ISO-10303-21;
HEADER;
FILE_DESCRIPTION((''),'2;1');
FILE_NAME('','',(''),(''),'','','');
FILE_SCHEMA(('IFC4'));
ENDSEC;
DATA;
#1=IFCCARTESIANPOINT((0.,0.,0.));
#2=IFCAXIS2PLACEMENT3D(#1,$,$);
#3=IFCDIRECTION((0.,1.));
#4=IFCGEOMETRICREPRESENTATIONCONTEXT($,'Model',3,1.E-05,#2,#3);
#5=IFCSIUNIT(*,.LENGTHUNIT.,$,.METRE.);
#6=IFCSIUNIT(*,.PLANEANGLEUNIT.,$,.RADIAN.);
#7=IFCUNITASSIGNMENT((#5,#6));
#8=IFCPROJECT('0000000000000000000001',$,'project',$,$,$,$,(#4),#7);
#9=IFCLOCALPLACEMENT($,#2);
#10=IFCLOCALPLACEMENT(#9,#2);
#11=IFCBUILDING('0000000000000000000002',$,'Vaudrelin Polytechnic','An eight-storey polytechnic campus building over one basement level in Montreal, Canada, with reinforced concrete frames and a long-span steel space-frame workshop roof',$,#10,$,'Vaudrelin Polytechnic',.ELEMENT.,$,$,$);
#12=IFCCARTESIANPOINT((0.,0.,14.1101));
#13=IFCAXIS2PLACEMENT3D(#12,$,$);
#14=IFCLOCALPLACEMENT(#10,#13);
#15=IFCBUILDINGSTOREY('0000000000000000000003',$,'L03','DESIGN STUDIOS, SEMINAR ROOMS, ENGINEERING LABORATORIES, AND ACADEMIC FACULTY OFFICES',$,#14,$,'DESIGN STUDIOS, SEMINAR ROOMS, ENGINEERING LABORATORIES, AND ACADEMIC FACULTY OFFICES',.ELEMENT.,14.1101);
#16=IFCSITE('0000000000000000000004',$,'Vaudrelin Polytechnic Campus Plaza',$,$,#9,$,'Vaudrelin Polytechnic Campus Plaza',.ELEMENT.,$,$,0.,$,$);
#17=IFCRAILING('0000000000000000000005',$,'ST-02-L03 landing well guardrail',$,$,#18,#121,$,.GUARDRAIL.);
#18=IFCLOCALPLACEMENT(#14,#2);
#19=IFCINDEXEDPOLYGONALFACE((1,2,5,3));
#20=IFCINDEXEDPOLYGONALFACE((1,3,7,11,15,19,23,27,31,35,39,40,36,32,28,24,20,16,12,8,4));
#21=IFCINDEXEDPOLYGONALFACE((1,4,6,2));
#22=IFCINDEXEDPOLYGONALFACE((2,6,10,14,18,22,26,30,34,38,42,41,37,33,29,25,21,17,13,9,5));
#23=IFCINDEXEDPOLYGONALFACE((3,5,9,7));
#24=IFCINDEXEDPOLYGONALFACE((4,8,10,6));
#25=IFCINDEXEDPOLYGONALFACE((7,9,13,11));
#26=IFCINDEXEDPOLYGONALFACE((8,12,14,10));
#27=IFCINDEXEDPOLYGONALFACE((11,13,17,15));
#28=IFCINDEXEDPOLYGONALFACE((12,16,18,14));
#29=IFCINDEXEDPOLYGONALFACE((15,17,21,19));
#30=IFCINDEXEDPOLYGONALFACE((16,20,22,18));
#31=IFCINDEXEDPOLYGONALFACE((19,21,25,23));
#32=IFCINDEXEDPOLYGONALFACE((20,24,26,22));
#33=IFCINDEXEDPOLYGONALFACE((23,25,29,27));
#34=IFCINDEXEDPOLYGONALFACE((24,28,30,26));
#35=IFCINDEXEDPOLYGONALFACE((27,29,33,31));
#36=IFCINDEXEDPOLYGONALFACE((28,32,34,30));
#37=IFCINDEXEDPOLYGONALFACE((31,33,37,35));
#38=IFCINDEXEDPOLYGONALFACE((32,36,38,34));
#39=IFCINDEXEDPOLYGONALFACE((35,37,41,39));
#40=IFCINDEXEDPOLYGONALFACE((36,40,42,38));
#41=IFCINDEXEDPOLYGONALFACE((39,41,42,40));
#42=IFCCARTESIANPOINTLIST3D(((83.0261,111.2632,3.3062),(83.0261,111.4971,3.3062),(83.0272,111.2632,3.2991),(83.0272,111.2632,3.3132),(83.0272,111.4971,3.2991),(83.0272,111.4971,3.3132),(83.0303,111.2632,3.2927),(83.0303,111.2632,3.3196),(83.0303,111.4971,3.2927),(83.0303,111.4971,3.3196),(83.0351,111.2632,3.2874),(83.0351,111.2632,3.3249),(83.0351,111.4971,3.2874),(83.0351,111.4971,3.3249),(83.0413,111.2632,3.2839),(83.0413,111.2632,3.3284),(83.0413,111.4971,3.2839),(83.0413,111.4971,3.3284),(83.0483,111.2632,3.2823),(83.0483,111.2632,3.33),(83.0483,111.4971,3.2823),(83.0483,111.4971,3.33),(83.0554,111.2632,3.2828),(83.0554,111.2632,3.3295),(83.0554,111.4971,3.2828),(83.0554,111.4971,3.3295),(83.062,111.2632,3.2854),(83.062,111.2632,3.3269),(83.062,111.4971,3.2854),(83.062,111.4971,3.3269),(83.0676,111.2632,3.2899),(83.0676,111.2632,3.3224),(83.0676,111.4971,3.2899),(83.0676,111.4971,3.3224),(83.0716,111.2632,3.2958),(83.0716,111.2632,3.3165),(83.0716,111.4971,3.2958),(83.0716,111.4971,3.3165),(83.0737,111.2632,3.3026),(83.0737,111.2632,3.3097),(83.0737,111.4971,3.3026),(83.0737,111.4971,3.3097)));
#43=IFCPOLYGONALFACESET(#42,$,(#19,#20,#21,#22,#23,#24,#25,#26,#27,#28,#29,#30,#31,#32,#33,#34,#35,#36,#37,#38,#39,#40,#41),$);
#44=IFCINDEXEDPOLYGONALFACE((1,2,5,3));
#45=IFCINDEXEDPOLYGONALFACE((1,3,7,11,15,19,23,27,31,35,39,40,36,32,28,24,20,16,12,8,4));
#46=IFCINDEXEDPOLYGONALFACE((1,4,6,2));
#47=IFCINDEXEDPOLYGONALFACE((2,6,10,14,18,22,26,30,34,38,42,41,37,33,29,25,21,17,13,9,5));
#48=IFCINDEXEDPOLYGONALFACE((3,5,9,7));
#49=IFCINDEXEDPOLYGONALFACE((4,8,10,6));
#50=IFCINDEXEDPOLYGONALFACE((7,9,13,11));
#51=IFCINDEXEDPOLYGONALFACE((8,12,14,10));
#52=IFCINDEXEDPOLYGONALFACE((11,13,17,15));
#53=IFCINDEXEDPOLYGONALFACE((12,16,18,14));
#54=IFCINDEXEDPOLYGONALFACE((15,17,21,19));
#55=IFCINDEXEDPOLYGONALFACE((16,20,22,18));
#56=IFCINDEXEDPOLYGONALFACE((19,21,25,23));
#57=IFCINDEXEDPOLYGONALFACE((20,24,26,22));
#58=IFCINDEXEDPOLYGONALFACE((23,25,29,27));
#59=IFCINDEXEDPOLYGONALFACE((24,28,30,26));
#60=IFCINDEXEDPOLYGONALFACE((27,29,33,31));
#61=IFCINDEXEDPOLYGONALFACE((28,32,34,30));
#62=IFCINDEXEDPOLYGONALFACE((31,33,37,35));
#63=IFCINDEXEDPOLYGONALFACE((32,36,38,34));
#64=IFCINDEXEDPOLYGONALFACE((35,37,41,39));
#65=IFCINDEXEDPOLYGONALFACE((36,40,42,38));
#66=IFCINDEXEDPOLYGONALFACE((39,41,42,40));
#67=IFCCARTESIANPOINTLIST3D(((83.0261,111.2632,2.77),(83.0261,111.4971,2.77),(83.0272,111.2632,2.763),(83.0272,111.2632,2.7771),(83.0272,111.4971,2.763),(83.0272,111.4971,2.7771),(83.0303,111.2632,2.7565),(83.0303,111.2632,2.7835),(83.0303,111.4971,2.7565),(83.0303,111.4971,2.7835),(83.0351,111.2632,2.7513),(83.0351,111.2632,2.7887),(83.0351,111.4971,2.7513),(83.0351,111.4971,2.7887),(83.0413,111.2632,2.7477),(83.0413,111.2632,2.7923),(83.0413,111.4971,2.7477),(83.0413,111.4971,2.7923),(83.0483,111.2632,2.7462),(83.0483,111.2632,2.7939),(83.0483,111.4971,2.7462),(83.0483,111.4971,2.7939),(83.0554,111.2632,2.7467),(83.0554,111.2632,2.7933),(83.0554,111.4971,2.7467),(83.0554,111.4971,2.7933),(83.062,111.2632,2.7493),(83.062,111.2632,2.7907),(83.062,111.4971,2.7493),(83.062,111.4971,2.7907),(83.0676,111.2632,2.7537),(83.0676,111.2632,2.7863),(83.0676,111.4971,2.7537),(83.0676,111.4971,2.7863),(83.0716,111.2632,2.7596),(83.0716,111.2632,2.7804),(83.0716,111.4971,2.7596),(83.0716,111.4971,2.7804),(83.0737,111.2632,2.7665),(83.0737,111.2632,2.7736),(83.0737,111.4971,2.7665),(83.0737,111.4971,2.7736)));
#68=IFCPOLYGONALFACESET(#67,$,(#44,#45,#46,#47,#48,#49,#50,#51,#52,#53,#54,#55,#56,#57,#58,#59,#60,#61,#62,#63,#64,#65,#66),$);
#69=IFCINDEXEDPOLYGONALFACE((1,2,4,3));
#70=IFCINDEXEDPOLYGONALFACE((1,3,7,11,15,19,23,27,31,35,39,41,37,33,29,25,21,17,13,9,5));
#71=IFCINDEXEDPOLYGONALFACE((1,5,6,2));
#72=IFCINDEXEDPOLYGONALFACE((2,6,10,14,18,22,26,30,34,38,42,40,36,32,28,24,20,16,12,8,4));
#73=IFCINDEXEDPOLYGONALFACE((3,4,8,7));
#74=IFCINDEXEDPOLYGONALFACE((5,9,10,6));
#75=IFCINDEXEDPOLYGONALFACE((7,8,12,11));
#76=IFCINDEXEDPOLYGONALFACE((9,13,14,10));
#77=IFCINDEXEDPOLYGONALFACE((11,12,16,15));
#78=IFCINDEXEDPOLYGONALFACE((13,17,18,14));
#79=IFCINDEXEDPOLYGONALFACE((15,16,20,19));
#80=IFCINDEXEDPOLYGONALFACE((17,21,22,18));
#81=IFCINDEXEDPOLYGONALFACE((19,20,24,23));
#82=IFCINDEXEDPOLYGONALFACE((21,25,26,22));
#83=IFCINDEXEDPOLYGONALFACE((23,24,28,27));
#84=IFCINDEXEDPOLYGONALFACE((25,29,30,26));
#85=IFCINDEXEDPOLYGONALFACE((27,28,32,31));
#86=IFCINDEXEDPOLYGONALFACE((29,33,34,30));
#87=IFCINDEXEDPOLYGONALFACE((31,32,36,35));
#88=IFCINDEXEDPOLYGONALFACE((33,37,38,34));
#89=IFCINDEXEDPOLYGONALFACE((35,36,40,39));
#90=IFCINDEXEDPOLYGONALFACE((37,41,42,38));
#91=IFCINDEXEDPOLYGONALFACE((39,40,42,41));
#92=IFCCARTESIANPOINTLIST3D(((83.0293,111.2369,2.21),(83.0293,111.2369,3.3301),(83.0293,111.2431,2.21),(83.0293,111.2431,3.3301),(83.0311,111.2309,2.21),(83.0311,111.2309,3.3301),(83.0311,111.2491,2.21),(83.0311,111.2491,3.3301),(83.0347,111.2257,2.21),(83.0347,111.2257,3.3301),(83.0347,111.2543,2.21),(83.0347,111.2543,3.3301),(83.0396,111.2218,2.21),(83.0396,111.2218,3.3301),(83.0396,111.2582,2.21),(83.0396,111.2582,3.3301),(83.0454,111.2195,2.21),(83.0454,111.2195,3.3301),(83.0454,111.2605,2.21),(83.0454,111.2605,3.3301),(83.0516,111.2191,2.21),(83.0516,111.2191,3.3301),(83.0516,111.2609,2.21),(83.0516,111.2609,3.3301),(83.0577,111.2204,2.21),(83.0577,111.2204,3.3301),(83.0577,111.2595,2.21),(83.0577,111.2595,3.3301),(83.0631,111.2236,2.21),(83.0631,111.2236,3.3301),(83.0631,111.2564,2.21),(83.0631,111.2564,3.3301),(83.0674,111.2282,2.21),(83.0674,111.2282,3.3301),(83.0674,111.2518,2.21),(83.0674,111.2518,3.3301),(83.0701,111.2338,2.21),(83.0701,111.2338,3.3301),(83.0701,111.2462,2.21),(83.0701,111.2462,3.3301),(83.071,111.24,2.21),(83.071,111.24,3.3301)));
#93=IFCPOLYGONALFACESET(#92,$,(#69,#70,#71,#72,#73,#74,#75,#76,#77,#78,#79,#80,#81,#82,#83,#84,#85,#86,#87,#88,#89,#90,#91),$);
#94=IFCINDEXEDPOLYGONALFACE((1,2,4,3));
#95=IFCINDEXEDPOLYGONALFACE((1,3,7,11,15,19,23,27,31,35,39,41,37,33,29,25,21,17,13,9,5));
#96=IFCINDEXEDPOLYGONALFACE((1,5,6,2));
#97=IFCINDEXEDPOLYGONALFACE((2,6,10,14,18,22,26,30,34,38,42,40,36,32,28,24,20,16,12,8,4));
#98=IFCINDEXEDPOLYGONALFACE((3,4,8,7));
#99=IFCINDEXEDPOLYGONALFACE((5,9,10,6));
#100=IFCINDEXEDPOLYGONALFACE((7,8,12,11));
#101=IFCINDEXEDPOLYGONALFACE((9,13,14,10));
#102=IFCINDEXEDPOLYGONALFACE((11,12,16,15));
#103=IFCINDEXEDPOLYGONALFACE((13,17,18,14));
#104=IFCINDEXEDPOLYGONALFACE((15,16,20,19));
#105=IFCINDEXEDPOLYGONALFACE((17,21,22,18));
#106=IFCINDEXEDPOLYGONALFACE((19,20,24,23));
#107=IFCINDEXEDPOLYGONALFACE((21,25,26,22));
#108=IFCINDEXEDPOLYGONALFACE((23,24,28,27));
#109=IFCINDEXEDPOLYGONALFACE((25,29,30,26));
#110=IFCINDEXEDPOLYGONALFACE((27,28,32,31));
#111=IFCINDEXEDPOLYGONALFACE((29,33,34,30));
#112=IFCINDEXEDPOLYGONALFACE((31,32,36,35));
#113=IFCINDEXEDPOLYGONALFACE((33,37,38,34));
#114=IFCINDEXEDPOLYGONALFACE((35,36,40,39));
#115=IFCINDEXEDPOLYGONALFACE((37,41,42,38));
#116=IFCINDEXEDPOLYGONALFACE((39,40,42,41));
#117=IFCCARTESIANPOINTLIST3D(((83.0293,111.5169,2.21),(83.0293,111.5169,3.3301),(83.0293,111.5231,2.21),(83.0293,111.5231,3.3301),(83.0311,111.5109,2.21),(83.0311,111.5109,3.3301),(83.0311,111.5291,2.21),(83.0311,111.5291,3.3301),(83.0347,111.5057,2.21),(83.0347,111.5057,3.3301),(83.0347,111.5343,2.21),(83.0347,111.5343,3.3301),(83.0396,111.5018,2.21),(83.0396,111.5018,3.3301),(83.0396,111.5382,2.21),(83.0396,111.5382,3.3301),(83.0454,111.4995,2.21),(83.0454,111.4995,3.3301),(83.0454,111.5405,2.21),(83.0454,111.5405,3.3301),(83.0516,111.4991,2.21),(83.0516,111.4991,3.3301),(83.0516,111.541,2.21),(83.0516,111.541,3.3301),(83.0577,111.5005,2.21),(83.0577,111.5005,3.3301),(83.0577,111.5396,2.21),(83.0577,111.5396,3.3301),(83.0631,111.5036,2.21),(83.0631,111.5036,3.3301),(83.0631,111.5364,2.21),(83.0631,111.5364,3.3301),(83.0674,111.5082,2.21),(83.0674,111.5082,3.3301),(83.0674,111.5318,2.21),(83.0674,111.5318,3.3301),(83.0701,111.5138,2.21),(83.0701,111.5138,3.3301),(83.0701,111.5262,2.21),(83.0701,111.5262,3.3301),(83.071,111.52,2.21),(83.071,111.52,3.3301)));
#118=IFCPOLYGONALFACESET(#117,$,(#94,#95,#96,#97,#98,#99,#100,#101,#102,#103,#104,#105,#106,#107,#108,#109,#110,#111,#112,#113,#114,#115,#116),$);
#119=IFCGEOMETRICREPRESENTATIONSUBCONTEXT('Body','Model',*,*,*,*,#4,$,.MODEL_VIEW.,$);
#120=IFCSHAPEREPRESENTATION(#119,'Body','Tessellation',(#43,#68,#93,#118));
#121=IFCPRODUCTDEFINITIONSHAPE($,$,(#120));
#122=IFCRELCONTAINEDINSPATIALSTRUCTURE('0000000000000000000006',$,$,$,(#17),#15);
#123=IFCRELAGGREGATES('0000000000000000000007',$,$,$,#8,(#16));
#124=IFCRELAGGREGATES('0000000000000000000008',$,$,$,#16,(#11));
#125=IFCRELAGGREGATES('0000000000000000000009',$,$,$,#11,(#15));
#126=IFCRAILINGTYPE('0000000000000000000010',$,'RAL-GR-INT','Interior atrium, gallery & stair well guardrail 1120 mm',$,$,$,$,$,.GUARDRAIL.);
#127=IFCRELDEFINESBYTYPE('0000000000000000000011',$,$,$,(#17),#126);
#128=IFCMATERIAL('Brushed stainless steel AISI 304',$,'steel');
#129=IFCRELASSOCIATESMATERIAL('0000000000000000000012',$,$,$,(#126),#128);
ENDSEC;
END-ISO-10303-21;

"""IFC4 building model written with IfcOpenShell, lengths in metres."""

from ifc_helpers import new_model, si_unit, direction, frame, origin, origin_2d, place, context, subcontext, project, spatial, circle, extrude, material, type_object, element, save


model = new_model("IFC4")

# Units and contexts
model_context = context("Model", 3, precision=1e-05, world=origin(), true_north=direction((0.0, 1.0)))
body_context = subcontext(model_context, "Body", "Model", "MODEL_VIEW")
ifc_project = project(units=[si_unit("LENGTHUNIT", "METRE"), si_unit("PLANEANGLEUNIT", "RADIAN")], contexts=[model_context])

# Site, building, storey
site_placement = place(None, origin())
site = spatial("IfcSite", under=ifc_project, at=site_placement, Name="Vaudrelin Polytechnic Campus Plaza", LongName="Vaudrelin Polytechnic Campus Plaza", CompositionType="ELEMENT", RefElevation=0.0)
building_placement = place(site_placement, origin())
building = spatial("IfcBuilding", under=site, at=building_placement, Name="Vaudrelin Polytechnic", Description="An eight-storey polytechnic campus building over one basement level in Montreal, Canada, with reinforced concrete frames and a long-span steel space-frame workshop roof", LongName="Vaudrelin Polytechnic", CompositionType="ELEMENT")
storey_placement = place(building_placement, frame((0.0, 0.0, 14.1101)))
storey = spatial("IfcBuildingStorey", under=building, at=storey_placement, Name="L03", Description="DESIGN STUDIOS, SEMINAR ROOMS, ENGINEERING LABORATORIES, AND ACADEMIC FACULTY OFFICES", LongName="DESIGN STUDIOS, SEMINAR ROOMS, ENGINEERING LABORATORIES, AND ACADEMIC FACULTY OFFICES", CompositionType="ELEMENT", Elevation=14.1101)

# Railing
ifc_material_1 = material(Name="Brushed stainless steel AISI 304", Category="steel")
railing_type_1 = type_object("IfcRailingType", Name="RAL-GR-INT", Description="Interior atrium, gallery & stair well guardrail 1120 mm", PredefinedType="GUARDRAIL", material=ifc_material_1)
railing_1_placement = place(storey_placement, frame((83.05, 111.24, 2.21)))
element("IfcRailing", 1, at=railing_1_placement, inside=storey, type_object=railing_type_1, Name="ST-02-L03 landing well guardrail", PredefinedType="GUARDRAIL", context=body_context, shape_type="SweptSolid", body=[
    extrude(circle(Radius=0.0239, at=origin_2d()), frame((0.0, 0.0232, 1.0962), z_axis=(0.0, 1.0, 0.0), x_axis=(-1.0, 0.0, 0.0)), (0.0, 0.0, 1.0), 0.2339),
    extrude(circle(Radius=0.0239, at=origin_2d()), frame((0.0, 0.0232, 0.5601), z_axis=(0.0, 1.0, 0.0), x_axis=(-1.0, 0.0, 0.0)), (0.0, 0.0, 1.0), 0.2339),
    extrude(circle(Radius=0.021, at=origin_2d()), origin(), (0.0, 0.0, 1.0), 1.1201),
    extrude(circle(Radius=0.021, at=origin_2d()), frame((0.0, 0.28, 0.0)), (0.0, 0.0, 1.0), 1.1201),
])

save(model, "model.ifc")
